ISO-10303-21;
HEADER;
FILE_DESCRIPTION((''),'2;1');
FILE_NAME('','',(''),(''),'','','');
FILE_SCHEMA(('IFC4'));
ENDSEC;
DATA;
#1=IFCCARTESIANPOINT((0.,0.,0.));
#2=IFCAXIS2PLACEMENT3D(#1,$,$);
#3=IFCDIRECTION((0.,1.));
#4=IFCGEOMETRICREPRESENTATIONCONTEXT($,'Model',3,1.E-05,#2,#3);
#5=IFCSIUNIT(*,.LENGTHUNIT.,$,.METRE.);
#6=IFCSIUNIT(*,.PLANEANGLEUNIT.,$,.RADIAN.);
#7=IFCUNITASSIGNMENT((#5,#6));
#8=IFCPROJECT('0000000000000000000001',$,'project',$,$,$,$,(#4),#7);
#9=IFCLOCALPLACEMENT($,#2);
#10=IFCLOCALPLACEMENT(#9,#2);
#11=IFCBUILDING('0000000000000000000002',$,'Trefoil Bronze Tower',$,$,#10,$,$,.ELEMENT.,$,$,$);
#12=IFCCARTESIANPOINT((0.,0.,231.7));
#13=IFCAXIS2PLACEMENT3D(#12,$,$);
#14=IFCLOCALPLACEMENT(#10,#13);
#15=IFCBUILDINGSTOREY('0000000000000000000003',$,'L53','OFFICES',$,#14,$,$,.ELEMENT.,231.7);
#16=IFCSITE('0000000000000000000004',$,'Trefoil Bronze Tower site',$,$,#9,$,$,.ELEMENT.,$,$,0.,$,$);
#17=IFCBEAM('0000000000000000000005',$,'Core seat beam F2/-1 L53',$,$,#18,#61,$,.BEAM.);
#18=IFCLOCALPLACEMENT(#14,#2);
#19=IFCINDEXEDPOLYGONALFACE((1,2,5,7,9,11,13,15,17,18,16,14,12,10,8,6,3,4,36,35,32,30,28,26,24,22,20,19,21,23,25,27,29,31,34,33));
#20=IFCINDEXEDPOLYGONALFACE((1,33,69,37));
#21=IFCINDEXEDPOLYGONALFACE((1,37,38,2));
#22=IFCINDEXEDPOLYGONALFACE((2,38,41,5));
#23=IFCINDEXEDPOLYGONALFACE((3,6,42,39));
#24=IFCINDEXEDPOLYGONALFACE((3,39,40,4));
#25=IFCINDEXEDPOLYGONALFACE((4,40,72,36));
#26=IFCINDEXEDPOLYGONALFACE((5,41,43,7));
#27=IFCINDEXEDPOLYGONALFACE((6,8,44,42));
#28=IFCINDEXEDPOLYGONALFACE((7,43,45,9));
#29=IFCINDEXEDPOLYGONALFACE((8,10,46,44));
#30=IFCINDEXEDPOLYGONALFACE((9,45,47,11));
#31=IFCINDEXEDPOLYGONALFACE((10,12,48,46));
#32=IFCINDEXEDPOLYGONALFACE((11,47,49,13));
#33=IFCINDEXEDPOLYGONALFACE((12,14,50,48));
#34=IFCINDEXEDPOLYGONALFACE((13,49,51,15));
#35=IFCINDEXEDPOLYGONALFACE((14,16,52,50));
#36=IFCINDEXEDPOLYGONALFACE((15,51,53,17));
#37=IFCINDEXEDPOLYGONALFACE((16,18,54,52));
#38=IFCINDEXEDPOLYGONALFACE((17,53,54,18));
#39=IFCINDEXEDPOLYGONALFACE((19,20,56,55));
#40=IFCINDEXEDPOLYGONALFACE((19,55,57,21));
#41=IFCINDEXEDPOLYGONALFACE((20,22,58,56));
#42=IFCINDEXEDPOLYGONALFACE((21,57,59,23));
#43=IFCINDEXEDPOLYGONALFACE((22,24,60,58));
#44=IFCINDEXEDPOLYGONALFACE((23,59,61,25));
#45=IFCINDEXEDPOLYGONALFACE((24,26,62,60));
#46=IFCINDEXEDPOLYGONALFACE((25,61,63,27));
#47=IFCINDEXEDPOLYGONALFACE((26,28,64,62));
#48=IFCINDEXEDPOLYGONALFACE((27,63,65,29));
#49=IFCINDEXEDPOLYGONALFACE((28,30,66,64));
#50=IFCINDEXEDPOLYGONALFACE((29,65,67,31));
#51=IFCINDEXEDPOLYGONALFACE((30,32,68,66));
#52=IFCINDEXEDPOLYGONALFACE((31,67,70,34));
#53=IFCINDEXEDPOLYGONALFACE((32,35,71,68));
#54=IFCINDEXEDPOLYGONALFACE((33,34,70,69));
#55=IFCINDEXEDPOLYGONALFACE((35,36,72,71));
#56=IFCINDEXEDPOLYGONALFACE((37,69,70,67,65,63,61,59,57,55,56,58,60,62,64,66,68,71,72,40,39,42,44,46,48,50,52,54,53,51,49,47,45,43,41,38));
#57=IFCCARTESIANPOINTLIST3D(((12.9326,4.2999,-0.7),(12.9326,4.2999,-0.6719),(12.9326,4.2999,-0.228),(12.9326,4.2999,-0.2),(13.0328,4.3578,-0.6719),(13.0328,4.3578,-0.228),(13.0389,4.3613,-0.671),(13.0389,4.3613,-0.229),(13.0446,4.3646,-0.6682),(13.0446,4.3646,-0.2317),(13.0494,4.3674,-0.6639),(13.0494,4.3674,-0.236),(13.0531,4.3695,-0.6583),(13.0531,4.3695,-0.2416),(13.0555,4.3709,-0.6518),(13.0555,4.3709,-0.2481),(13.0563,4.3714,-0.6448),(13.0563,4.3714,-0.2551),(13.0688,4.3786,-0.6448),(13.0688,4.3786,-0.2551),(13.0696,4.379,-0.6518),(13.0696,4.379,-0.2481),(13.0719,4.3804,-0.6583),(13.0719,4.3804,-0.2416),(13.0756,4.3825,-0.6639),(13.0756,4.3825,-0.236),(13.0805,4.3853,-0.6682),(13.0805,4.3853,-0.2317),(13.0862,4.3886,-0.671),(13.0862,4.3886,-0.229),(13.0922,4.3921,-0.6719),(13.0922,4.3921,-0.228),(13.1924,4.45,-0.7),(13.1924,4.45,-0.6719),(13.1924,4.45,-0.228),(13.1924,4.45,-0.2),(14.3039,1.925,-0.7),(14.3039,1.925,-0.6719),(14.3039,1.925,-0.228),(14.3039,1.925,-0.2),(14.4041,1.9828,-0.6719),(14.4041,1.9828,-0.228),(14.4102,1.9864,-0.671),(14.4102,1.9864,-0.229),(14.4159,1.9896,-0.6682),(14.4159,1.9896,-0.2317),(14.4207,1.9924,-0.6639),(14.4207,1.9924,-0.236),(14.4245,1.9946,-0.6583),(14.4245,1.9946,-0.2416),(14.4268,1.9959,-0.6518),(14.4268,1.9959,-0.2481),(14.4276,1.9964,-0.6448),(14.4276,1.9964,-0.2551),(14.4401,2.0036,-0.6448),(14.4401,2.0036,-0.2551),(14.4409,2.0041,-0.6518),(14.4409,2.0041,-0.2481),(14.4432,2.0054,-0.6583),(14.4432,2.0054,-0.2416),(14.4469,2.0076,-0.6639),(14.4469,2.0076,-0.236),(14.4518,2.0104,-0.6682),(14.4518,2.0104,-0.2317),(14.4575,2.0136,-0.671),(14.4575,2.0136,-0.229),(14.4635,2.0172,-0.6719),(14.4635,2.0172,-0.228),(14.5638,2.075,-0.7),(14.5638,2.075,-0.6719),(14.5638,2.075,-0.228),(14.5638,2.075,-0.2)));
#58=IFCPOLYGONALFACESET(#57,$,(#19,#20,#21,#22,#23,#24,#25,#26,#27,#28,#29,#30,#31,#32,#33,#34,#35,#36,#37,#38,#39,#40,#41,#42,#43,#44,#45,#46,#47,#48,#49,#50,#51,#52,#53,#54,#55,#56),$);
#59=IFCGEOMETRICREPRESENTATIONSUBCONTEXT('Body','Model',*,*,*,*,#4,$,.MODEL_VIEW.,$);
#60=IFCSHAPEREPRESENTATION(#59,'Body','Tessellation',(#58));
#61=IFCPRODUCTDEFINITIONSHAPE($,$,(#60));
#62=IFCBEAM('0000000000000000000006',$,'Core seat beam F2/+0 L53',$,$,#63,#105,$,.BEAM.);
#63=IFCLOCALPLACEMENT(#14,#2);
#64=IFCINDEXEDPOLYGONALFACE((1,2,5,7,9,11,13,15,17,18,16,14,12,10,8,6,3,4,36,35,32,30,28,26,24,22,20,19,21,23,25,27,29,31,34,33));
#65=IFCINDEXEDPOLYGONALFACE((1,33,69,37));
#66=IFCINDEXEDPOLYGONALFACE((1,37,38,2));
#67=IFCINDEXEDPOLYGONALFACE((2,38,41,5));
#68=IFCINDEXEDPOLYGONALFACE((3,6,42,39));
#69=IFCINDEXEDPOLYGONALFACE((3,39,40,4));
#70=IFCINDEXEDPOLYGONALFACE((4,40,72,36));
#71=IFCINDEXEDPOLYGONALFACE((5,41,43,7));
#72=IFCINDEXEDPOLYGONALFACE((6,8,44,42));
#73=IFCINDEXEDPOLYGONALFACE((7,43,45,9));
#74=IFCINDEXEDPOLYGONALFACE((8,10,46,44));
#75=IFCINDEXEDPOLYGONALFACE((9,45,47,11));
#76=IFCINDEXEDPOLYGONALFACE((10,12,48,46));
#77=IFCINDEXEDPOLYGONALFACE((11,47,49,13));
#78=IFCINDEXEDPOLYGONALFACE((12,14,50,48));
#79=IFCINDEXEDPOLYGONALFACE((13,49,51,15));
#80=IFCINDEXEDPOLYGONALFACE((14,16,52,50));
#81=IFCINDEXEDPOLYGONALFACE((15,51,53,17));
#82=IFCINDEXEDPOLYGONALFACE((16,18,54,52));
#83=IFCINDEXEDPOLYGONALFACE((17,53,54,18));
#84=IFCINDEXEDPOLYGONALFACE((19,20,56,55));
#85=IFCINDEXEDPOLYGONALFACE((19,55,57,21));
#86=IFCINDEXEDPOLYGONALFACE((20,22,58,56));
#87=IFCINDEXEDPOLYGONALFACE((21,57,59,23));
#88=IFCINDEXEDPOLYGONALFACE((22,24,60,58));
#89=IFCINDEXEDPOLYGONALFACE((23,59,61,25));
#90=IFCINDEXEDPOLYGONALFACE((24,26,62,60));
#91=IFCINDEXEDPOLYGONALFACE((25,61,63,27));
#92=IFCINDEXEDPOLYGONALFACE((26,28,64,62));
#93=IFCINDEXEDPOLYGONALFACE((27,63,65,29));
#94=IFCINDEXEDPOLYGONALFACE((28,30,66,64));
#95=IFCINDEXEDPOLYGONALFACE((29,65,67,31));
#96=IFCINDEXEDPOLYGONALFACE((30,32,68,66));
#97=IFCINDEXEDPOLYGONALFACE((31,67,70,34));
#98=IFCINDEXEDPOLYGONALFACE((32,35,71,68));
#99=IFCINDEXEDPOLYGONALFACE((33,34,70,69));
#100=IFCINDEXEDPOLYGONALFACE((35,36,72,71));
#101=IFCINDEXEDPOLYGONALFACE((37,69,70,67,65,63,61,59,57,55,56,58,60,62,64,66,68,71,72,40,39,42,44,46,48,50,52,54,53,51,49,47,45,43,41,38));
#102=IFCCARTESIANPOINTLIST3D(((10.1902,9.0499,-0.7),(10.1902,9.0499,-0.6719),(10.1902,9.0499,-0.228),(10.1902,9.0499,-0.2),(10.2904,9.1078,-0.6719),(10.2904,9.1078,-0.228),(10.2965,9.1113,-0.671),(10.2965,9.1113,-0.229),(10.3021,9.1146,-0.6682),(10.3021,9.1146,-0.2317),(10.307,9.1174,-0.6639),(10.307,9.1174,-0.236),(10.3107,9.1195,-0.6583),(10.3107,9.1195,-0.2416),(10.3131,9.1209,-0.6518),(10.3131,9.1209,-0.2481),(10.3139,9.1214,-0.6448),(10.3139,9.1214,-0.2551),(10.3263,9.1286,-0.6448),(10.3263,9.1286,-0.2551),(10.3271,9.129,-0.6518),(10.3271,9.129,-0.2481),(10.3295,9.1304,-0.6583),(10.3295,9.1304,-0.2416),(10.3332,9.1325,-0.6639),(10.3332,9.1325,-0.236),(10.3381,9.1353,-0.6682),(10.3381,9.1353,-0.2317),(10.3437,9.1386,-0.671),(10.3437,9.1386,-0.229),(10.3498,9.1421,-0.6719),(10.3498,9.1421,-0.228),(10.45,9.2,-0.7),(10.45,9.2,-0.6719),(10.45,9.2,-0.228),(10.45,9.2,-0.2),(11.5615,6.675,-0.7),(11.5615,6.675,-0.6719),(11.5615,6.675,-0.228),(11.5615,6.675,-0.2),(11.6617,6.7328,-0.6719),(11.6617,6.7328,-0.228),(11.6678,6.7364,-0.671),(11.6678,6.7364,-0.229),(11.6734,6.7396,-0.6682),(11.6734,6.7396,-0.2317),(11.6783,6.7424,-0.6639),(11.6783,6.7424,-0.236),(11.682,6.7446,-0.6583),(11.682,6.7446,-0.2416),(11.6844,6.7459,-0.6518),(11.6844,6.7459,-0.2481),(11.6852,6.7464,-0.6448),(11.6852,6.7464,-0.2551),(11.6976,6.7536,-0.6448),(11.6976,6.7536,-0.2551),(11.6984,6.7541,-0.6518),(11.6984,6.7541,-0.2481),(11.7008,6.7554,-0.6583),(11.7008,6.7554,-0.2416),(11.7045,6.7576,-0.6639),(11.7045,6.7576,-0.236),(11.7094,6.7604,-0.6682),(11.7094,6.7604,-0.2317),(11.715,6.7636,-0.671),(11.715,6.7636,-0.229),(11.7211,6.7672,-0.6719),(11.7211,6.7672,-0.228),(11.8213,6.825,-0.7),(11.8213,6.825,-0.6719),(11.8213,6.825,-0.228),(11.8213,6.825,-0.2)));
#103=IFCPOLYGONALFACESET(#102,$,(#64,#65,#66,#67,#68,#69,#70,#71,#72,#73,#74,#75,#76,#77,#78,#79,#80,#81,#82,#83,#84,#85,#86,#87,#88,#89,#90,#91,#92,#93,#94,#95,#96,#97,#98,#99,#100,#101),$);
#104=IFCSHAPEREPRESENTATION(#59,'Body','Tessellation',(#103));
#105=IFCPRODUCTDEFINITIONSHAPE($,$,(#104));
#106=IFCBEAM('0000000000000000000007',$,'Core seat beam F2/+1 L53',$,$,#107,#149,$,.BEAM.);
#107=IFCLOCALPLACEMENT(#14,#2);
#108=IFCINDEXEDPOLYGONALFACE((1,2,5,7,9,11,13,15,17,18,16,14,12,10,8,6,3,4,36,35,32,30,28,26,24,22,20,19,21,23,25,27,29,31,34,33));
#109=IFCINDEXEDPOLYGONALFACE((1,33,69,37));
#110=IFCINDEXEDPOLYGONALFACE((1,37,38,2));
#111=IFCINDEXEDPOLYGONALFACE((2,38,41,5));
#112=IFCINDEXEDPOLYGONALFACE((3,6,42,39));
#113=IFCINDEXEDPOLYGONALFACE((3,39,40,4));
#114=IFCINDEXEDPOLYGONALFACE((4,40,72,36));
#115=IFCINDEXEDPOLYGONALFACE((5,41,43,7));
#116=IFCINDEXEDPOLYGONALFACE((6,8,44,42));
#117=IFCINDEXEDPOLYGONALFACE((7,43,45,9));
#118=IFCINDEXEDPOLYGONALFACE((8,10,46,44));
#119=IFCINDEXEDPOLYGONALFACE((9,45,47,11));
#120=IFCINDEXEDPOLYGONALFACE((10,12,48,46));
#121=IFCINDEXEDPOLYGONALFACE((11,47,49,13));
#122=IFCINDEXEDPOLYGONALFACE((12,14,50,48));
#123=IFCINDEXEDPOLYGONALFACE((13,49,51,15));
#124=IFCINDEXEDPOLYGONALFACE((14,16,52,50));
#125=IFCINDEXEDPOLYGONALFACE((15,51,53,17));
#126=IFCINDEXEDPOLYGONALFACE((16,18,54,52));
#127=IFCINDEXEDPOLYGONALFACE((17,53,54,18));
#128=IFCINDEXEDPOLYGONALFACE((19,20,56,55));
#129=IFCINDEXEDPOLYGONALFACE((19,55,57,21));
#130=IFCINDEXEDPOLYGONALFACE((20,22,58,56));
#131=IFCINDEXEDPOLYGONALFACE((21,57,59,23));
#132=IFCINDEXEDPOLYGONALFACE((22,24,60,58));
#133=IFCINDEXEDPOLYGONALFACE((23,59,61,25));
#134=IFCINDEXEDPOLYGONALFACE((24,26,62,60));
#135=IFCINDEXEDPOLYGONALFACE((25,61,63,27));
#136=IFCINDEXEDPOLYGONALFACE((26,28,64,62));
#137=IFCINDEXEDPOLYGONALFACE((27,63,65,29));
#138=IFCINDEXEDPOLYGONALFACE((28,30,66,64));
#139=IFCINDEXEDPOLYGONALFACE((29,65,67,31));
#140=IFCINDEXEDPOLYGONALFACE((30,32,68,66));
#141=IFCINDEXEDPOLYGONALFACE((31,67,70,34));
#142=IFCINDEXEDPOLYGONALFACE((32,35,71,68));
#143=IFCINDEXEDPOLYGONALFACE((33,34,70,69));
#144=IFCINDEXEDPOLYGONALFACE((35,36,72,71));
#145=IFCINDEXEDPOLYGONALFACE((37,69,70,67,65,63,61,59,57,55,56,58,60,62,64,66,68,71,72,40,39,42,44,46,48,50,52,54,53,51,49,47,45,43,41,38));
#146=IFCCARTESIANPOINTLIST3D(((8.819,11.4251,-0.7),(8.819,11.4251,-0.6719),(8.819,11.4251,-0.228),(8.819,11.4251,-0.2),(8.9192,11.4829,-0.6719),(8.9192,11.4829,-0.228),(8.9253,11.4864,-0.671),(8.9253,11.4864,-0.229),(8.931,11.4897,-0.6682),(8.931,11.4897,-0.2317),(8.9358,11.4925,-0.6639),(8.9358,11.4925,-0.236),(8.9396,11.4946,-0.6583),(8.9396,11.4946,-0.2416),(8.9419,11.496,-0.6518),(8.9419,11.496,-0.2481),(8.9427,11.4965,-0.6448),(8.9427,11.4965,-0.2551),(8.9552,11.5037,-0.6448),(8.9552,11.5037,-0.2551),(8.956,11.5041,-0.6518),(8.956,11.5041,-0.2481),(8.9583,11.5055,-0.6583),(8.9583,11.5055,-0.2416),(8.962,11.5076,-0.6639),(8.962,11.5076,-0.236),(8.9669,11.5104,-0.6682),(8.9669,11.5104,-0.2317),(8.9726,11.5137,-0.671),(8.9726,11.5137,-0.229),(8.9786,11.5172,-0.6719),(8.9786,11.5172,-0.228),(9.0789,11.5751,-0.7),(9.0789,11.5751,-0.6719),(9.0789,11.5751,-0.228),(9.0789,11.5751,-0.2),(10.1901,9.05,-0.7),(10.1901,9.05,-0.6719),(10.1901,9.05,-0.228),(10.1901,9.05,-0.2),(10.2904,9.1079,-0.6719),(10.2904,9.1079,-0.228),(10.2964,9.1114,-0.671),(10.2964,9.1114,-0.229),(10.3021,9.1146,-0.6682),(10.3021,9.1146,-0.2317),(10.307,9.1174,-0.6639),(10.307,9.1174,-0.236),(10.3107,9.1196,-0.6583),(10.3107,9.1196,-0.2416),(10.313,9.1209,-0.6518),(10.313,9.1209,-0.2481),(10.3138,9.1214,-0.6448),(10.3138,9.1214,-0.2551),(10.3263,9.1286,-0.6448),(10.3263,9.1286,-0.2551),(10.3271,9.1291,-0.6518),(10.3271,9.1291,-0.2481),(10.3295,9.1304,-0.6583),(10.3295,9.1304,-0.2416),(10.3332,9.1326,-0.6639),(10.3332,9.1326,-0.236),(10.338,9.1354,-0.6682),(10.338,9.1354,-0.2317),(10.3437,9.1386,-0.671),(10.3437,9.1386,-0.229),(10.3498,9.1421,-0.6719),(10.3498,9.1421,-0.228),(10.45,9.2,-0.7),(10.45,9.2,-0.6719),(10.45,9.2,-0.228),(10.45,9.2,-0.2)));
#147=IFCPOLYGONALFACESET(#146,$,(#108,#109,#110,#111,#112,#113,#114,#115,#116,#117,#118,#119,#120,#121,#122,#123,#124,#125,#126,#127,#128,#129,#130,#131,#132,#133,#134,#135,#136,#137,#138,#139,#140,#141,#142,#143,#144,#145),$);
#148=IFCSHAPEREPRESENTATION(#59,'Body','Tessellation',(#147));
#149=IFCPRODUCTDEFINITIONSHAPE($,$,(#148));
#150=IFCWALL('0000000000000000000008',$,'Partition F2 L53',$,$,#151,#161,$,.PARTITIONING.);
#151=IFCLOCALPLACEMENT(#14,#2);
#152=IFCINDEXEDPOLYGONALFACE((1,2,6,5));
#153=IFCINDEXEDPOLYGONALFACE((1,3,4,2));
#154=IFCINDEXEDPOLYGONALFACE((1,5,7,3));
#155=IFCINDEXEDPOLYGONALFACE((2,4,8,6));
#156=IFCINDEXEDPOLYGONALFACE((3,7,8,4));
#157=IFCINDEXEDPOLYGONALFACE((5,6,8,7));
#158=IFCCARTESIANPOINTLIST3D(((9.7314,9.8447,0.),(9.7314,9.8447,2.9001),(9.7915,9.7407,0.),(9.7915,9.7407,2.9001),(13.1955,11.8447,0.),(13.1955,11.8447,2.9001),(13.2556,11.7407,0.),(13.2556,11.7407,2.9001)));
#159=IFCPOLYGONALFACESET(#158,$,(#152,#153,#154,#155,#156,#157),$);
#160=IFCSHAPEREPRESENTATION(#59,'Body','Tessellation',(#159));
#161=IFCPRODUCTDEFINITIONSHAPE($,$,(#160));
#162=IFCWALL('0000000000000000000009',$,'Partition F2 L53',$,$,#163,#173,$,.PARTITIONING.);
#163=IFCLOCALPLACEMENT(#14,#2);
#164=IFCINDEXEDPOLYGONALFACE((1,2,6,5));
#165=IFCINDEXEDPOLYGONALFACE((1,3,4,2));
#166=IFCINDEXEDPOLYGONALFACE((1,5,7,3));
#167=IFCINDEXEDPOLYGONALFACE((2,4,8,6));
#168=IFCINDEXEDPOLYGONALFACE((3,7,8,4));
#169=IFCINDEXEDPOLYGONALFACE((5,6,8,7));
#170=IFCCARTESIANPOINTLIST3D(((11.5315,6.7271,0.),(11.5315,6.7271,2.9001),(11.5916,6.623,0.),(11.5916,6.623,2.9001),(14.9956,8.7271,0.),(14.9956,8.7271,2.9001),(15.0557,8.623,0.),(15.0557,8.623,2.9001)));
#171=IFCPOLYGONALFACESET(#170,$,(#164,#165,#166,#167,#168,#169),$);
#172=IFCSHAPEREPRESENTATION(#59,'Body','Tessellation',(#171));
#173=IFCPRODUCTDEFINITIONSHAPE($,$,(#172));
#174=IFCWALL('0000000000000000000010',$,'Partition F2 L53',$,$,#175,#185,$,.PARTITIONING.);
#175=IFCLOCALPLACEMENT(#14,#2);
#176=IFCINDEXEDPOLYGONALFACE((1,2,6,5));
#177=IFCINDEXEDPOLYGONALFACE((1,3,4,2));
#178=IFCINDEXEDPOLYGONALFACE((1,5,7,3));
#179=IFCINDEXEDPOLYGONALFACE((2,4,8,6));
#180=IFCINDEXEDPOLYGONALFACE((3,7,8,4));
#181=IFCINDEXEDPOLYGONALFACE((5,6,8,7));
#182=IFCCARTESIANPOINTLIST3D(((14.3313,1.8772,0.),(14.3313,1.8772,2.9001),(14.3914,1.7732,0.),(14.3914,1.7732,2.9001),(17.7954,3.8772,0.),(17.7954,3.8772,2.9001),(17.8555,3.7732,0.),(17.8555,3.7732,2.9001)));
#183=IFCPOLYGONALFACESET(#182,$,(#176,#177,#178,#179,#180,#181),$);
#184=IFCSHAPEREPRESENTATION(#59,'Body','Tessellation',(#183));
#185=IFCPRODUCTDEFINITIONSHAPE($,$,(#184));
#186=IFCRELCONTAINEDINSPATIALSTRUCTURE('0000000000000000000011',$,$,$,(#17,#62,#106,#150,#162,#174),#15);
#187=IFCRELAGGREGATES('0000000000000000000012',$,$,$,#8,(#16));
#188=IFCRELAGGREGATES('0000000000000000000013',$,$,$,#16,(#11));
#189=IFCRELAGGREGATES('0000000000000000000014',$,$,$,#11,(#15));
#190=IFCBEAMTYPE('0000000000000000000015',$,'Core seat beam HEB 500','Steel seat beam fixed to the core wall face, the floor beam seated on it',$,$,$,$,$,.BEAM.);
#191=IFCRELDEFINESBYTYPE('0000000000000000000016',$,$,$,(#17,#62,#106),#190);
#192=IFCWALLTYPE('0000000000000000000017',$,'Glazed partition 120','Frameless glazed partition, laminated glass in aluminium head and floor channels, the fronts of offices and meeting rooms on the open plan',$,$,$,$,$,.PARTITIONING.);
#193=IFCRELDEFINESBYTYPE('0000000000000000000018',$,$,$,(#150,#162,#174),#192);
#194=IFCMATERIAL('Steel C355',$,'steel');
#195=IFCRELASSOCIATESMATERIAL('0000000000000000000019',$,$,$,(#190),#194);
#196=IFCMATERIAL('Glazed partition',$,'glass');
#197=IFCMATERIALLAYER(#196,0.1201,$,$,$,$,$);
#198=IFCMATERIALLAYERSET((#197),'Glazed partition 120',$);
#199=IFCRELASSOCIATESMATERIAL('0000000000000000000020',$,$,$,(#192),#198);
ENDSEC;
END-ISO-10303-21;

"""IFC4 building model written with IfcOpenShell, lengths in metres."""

from ifc_helpers import new_model, si_unit, direction, frame, frame_2d, origin, origin_2d, place, context, subcontext, project, spatial, rectangle, i_section, extrude, material, layer, layer_set, material_profile, profile_set, type_object, element, save


model = new_model("IFC4")

# Units and contexts
model_context = context("Model", 3, precision=1e-05, world=origin(), true_north=direction((0.0, 1.0)))
body_context = subcontext(model_context, "Body", "Model", "MODEL_VIEW")
ifc_project = project(units=[si_unit("LENGTHUNIT", "METRE"), si_unit("PLANEANGLEUNIT", "RADIAN")], contexts=[model_context])

# Site, building, storey
site_placement = place(None, origin())
site = spatial("IfcSite", under=ifc_project, at=site_placement, Name="Trefoil Bronze Tower site", CompositionType="ELEMENT", RefElevation=0.0)
building_placement = place(site_placement, origin())
building = spatial("IfcBuilding", under=site, at=building_placement, Name="Trefoil Bronze Tower", CompositionType="ELEMENT")
storey_placement = place(building_placement, frame((0.0, 0.0, 231.7)))
storey = spatial("IfcBuildingStorey", under=building, at=storey_placement, Name="L53", Description="OFFICES", CompositionType="ELEMENT", Elevation=231.7)

# Beams
ifc_material_1 = material(Name="Steel C355", Category="steel")
ifc_material_profile = material_profile(ifc_material_1, i_section(OverallWidth=0.3, OverallDepth=0.5, WebThickness=0.0144, FlangeThickness=0.0281, FilletRadius=0.0271, at=origin_2d()), Name="HEB 500")
ifc_profile_set = profile_set([ifc_material_profile], Name="Steel C355")
beam_type = type_object("IfcBeamType", Name="Core seat beam HEB 500", Description="Steel seat beam fixed to the core wall face, the floor beam seated on it", PredefinedType="BEAM", material=ifc_profile_set)
for number, where, z_axis, x_axis, name in (
    (1, (14.4338, 2.0, -0.45), (-0.500036, 0.866005, 0.0), (-0.866005, -0.500036, 0.0), "Core seat beam F2/-1 L53"),
    (2, (11.6914, 6.75, -0.45), (-0.500036, 0.866005, 0.0), (-0.866005, -0.500036, 0.0), "Core seat beam F2/+0 L53"),
    (3, (10.3201, 9.125, -0.45), (-0.499969, 0.866043, 0.0), (-0.866043, -0.499969, 0.0), "Core seat beam F2/+1 L53"),
):
    element("IfcBeam", number, at=place(storey_placement, frame(where, z_axis=z_axis, x_axis=x_axis)), inside=storey, type_object=beam_type, Name=name, PredefinedType="BEAM", context=body_context, shape_type="SweptSolid", body=[
        extrude(i_section(OverallWidth=0.3, OverallDepth=0.5, WebThickness=0.0144, FlangeThickness=0.0281, FilletRadius=0.0271, at=origin_2d()), origin(), (0.0, 0.0, 1.0), 2.7424),
    ])

# Walls
ifc_material_2 = material(Name="Glazed partition", Category="glass")
ifc_layer_1 = layer(ifc_material_2, 0.1201)
ifc_layer_set_1 = layer_set([ifc_layer_1], Name="Glazed partition 120")
wall_type_1 = type_object("IfcWallType", Name="Glazed partition 120", Description="Frameless glazed partition, laminated glass in aluminium head and floor channels, the fronts of offices and meeting rooms on the open plan", PredefinedType="PARTITIONING", material=ifc_layer_set_1)
for number, where, z_axis, x_axis, name in (
    (4, (9.7615, 9.7927, 0.0), (0.0, 0.0, 1.0), (0.866026, 0.499999, 0.0), "Partition F2 L53"),
    (5, (11.5615, 6.675, 0.0), (0.0, 0.0, 1.0), (0.866026, 0.499999, 0.0), "Partition F2 L53"),
    (6, (14.3613, 1.8252, 0.0), (0.0, 0.0, 1.0), (0.866026, 0.499999, 0.0), "Partition F2 L53"),
):
    element("IfcWall", number, at=place(storey_placement, frame(where, z_axis=z_axis, x_axis=x_axis)), inside=storey, type_object=wall_type_1, Name=name, PredefinedType="PARTITIONING", context=body_context, shape_type="SweptSolid", body=[
        extrude(rectangle(XDim=4.0, YDim=0.1201, at=frame_2d((2.0, 0.0))), origin(), (0.0, 0.0, 1.0), 2.9001),
    ])

save(model, "model.ifc")
